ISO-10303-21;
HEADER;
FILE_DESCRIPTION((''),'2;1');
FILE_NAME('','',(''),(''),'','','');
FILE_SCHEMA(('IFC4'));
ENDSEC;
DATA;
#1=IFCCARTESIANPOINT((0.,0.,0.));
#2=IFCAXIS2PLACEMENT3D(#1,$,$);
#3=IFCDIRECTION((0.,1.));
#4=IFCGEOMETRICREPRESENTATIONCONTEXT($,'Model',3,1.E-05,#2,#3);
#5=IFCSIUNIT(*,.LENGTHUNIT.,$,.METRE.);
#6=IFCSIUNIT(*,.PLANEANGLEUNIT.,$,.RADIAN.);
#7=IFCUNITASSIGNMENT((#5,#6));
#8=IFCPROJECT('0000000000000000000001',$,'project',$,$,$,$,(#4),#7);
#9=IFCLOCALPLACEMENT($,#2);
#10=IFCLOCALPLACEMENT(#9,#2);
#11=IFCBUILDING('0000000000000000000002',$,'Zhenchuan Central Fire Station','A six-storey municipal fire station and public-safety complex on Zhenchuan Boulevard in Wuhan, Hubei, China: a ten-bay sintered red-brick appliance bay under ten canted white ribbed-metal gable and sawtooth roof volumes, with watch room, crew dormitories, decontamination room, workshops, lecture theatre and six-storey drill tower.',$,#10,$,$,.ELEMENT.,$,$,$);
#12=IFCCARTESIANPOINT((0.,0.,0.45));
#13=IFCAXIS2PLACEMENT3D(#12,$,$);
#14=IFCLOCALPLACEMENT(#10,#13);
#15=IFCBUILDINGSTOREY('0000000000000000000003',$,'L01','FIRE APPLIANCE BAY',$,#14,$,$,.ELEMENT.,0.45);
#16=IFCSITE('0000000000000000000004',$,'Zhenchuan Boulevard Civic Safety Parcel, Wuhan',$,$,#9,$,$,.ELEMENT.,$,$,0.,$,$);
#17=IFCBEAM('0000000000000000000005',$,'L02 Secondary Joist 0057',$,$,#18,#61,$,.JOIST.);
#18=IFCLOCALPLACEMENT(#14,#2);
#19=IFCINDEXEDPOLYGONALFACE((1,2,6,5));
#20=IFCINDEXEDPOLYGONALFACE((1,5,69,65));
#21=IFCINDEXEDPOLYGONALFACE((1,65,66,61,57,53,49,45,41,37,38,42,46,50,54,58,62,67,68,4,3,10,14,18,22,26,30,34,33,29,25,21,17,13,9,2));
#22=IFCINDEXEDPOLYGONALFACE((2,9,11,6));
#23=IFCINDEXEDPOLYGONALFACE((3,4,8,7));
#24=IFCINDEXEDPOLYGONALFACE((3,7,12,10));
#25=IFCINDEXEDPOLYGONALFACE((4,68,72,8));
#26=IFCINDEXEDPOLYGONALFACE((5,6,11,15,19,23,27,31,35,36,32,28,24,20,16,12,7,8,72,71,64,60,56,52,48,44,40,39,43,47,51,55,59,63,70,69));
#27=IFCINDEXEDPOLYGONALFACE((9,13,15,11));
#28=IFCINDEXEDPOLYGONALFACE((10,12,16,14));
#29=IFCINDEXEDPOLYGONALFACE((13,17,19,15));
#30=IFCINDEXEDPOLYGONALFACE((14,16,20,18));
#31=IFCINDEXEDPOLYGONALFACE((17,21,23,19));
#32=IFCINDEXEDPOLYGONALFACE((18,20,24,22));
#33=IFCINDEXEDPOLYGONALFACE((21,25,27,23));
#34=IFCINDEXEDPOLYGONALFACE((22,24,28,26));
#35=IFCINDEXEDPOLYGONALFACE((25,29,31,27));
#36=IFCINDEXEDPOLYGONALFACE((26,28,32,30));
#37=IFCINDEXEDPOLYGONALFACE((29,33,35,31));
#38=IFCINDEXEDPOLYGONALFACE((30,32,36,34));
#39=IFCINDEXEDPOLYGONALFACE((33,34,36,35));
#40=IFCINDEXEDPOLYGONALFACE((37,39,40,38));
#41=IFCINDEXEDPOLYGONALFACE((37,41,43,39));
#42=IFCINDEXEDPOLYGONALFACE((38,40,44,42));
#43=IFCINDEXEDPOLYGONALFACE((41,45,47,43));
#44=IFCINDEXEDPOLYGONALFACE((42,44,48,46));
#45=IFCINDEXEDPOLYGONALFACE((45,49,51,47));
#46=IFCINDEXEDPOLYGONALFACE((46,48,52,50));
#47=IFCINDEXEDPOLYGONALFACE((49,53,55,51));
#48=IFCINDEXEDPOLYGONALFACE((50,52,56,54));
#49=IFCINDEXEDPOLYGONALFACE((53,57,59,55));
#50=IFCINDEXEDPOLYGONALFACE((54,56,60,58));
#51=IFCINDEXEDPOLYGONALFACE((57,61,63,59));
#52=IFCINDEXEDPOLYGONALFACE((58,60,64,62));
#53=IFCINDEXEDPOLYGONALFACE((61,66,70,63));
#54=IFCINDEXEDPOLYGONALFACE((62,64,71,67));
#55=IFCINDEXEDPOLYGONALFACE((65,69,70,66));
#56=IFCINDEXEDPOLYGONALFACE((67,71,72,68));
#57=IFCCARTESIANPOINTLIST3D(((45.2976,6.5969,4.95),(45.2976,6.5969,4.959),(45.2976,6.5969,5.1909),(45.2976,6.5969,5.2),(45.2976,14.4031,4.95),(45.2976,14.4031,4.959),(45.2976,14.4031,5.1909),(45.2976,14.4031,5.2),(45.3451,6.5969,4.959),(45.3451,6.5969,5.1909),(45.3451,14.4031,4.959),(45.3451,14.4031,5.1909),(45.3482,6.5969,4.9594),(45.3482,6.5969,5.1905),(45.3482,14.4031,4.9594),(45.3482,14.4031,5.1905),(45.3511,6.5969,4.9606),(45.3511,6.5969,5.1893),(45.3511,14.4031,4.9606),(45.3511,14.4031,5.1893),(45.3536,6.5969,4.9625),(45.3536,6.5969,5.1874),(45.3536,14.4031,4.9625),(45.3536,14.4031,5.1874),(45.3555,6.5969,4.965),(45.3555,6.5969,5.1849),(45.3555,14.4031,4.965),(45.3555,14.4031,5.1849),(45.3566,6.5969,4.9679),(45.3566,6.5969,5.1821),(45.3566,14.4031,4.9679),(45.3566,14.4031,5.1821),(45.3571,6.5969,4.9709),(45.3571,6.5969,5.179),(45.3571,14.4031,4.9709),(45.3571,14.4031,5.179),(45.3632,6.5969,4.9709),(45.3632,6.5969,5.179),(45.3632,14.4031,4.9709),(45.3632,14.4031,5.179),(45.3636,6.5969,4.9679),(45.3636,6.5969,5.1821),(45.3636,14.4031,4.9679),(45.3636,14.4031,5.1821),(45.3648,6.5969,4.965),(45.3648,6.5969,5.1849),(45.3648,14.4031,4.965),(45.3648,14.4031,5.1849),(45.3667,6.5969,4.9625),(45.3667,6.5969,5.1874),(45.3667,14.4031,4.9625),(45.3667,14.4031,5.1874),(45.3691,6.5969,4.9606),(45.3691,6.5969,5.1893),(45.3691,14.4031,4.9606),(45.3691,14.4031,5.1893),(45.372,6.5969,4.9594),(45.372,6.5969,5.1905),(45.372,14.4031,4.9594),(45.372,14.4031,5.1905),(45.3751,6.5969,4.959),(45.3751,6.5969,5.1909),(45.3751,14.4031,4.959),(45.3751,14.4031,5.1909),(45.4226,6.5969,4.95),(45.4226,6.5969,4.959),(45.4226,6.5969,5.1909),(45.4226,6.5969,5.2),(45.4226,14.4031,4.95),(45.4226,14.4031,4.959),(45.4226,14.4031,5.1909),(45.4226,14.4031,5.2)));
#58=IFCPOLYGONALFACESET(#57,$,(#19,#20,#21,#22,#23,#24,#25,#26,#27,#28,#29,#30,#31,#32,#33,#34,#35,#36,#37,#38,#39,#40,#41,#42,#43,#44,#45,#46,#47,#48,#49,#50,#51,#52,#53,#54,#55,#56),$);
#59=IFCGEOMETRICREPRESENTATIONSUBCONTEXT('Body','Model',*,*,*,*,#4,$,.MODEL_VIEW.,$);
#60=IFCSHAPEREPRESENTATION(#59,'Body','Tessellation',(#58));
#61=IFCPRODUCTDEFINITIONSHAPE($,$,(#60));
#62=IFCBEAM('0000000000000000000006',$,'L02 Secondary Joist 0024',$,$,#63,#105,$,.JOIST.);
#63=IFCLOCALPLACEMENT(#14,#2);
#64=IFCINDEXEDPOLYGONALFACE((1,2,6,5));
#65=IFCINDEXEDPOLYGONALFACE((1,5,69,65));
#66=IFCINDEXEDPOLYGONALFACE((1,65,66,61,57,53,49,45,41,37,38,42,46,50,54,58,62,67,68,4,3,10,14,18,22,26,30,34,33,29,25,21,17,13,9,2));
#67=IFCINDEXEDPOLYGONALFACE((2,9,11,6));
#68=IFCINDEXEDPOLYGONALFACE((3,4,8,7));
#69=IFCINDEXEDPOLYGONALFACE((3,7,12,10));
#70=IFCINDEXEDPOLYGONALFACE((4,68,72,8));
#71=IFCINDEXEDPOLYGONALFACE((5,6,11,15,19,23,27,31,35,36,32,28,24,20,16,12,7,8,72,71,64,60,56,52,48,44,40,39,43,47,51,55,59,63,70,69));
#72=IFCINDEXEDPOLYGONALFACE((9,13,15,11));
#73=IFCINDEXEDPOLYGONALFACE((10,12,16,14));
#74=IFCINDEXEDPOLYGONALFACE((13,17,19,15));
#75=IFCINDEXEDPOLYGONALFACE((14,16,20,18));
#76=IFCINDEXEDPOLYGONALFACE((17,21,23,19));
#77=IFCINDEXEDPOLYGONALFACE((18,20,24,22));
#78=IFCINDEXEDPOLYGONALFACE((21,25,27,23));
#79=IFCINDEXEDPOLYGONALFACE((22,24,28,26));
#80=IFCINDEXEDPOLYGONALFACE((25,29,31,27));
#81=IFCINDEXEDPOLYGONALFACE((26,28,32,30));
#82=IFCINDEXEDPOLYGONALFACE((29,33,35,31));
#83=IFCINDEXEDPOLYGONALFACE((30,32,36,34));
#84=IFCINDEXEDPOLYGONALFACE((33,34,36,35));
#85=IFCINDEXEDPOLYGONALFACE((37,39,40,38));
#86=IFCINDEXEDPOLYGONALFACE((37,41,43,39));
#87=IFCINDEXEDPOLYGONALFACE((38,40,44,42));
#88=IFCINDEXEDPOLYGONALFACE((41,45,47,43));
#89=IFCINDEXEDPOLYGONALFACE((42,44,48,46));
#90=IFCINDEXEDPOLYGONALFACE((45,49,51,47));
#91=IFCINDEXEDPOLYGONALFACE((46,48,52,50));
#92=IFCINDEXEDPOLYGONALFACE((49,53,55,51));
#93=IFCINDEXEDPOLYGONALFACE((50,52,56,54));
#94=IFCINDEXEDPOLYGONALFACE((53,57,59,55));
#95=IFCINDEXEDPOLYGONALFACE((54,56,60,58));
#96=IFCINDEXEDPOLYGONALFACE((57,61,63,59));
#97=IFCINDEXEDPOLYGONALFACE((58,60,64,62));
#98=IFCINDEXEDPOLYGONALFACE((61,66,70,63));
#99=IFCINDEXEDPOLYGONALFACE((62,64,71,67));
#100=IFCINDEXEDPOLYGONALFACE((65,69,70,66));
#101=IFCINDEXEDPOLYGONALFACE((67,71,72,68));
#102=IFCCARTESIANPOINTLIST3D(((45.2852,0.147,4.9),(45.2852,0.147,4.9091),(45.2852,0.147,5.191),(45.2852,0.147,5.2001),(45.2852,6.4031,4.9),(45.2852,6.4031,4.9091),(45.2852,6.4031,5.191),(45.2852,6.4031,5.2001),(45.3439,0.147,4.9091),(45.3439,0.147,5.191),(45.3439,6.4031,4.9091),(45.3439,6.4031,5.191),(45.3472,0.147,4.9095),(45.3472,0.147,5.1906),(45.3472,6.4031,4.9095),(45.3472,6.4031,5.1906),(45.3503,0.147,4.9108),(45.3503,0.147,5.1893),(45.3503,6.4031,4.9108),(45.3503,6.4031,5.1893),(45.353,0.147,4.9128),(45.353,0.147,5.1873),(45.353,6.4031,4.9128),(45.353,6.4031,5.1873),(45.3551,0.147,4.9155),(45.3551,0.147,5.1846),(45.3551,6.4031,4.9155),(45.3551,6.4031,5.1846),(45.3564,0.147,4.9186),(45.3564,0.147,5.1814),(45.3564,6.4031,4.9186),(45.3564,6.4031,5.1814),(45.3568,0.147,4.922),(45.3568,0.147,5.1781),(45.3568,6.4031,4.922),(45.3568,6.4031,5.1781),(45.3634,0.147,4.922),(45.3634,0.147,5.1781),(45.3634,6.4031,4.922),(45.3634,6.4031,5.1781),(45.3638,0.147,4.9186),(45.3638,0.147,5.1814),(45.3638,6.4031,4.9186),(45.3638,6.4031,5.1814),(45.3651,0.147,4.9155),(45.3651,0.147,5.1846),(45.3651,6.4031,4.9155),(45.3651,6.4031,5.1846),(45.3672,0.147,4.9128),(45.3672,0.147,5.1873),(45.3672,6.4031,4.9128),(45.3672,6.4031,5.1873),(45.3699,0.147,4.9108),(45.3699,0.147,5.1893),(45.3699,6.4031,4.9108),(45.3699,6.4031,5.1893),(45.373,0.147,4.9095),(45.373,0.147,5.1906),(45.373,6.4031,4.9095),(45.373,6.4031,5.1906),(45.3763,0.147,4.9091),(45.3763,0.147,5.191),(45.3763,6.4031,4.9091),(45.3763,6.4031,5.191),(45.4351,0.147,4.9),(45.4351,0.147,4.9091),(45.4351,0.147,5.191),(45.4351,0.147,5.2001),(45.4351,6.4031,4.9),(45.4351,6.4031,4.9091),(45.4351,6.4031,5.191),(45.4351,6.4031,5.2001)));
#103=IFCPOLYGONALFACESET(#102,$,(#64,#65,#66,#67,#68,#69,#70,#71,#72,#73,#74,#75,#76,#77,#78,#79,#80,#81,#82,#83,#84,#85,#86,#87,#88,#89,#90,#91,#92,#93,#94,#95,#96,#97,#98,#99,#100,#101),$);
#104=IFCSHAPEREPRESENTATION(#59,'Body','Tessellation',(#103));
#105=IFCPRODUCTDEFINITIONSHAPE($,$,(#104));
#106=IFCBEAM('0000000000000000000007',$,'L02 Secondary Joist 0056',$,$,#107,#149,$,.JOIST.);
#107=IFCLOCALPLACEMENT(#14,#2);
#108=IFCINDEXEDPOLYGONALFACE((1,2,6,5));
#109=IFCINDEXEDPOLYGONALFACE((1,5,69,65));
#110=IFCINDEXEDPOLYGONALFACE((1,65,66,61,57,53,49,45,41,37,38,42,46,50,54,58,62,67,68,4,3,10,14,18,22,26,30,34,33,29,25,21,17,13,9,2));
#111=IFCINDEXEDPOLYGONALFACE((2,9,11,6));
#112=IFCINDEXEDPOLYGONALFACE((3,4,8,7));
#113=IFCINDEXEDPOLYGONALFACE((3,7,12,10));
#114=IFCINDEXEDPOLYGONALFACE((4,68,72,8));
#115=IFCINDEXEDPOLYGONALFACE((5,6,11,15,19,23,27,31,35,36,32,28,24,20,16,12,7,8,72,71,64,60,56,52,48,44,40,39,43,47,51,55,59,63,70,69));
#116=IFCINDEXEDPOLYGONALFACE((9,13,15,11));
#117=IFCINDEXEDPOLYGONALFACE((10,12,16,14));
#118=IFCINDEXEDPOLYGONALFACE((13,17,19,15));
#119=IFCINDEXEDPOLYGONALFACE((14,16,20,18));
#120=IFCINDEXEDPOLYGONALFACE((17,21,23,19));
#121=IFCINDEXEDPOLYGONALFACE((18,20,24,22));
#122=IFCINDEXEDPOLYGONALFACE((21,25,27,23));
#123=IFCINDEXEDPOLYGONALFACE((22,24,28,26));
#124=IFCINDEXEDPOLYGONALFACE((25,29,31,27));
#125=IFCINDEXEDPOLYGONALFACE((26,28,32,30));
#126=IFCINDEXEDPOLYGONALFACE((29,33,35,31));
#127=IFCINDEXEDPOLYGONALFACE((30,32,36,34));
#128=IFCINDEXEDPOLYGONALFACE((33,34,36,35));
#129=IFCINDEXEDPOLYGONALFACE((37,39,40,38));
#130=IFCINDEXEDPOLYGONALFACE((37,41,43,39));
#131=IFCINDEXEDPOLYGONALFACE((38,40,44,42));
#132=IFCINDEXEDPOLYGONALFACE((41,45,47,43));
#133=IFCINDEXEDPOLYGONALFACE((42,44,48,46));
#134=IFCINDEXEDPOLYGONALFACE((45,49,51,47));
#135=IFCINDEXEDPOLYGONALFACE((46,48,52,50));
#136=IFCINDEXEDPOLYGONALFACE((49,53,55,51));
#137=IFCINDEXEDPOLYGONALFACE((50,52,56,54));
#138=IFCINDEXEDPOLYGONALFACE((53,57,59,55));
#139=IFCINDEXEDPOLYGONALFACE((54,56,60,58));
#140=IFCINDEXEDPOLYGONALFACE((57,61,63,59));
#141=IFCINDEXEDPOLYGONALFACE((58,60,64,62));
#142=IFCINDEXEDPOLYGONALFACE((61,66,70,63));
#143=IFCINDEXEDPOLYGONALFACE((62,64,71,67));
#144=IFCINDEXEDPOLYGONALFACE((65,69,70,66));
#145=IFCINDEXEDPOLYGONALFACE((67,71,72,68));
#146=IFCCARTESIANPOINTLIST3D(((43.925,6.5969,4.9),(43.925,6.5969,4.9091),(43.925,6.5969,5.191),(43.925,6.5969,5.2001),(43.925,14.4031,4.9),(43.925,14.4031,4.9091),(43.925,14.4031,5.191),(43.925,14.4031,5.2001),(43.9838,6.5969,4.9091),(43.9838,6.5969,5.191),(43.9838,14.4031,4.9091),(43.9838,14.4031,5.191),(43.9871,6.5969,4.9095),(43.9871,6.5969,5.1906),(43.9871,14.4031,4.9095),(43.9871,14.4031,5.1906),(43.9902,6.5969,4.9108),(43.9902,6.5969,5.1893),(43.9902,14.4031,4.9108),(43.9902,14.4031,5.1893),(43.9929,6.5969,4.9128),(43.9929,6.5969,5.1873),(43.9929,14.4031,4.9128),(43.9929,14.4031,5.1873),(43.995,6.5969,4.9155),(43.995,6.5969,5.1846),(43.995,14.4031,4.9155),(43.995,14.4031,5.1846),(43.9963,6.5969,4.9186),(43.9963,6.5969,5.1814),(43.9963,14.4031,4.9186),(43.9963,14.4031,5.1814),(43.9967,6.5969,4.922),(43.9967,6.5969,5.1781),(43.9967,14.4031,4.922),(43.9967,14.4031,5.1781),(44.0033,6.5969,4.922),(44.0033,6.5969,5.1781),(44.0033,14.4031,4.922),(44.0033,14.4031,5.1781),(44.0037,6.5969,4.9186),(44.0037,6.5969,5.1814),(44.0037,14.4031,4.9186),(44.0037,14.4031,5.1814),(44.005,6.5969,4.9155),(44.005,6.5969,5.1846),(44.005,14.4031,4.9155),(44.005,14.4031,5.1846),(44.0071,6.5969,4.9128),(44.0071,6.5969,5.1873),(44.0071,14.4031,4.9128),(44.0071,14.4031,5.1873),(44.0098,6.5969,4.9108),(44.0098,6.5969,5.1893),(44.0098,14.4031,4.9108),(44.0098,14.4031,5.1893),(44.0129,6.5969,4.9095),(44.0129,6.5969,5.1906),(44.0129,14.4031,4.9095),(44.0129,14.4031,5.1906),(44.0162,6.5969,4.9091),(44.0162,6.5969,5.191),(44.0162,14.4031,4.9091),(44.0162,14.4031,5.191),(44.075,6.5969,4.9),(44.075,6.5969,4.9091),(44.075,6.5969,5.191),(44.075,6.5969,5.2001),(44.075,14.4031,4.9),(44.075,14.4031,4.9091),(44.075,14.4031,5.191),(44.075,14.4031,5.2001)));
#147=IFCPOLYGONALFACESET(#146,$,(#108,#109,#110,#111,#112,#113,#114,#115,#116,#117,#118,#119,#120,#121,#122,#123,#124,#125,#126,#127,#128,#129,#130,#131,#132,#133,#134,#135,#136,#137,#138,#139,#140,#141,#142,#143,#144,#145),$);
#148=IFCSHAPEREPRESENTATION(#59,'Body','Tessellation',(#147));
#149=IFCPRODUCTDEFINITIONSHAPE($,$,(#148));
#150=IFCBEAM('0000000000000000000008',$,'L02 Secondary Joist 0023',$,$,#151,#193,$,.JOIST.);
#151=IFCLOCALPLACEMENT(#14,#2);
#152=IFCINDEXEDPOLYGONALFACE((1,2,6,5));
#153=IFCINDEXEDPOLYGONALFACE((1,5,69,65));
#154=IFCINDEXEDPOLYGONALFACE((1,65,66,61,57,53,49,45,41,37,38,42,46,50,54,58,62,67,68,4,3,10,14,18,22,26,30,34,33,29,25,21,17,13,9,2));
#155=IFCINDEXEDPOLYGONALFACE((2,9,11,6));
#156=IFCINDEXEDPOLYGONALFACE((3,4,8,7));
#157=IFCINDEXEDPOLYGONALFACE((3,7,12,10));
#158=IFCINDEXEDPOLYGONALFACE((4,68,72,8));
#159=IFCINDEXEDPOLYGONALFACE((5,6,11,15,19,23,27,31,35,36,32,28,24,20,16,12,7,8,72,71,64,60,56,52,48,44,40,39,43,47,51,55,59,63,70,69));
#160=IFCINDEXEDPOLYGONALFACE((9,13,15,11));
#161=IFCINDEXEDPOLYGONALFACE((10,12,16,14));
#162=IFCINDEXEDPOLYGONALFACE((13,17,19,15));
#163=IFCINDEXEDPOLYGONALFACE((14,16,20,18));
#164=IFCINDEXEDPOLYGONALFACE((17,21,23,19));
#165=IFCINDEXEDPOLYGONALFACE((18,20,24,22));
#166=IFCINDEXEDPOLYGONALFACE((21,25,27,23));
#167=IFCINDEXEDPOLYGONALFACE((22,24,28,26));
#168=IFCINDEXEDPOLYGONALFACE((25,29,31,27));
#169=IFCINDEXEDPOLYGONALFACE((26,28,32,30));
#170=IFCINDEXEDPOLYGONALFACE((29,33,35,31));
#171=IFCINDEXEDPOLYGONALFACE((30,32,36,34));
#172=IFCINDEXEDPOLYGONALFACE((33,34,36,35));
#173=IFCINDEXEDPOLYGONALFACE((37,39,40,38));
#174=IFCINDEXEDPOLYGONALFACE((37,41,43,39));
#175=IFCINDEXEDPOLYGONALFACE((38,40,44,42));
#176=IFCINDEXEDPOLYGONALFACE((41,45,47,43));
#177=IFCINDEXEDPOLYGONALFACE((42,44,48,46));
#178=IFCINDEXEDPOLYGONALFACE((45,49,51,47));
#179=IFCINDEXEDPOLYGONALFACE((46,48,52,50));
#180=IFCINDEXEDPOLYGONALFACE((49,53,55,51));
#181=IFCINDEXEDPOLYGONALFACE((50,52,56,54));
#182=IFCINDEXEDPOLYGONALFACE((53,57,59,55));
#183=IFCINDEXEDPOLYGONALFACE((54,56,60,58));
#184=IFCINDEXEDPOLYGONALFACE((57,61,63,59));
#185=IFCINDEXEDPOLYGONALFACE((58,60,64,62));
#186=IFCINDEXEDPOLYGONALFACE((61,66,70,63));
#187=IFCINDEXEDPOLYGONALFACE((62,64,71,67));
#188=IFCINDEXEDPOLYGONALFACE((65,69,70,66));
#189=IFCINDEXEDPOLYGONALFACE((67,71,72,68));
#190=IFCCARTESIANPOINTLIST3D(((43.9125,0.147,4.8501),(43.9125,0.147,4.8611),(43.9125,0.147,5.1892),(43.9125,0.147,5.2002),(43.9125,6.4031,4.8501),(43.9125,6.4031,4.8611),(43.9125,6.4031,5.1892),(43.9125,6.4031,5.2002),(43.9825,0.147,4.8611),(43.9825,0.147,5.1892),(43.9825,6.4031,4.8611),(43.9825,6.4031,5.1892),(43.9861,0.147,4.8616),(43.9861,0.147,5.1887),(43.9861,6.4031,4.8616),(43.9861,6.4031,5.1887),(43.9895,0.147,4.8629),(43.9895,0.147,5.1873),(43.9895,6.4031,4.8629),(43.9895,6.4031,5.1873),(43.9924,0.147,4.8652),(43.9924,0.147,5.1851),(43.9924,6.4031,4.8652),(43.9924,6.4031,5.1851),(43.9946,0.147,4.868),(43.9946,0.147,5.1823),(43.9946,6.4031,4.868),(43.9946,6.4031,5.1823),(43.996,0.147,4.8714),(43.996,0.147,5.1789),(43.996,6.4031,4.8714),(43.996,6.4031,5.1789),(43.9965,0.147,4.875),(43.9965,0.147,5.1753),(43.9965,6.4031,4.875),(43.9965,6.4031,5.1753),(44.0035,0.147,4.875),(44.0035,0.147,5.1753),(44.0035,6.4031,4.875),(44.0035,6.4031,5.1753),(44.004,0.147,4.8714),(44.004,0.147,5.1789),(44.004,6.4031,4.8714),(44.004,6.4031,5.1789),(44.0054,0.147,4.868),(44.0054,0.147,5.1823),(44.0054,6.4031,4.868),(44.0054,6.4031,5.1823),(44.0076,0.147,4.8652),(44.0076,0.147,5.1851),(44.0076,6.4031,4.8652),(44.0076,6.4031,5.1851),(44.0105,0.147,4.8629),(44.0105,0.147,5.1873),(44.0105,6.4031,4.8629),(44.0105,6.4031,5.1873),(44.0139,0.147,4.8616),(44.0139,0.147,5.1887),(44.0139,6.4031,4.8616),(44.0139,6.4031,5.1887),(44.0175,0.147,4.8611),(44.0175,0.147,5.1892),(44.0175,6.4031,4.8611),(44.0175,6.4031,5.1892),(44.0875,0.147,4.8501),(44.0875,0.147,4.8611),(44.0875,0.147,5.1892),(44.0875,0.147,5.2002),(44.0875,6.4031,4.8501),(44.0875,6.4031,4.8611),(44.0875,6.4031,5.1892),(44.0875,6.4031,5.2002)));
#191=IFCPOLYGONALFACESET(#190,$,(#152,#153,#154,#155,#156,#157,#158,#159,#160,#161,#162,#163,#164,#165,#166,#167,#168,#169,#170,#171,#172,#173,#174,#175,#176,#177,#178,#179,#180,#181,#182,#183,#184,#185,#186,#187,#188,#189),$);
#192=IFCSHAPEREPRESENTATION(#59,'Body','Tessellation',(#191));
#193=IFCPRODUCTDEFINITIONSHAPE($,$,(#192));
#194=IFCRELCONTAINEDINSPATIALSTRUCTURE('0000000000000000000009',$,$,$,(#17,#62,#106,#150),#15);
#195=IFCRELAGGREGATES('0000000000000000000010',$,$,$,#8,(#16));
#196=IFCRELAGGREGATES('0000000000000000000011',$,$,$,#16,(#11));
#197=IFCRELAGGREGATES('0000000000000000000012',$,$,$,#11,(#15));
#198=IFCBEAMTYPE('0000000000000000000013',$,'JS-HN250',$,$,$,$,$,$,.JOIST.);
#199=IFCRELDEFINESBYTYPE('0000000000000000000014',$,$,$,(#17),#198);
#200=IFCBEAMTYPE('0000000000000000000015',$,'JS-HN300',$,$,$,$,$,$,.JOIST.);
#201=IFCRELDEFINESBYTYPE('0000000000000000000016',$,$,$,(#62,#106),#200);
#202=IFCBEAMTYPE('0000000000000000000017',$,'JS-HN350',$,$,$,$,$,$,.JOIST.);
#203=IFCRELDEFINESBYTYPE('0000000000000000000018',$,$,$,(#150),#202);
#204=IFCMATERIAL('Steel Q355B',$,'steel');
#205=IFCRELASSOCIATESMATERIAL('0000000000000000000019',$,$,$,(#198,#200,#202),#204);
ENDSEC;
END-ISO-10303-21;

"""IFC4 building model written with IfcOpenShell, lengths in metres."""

from ifc_helpers import new_model, si_unit, direction, frame, origin, origin_2d, place, context, subcontext, project, spatial, i_section, extrude, material, material_profile, profile_set, type_object, element, save


model = new_model("IFC4")

# Units and contexts
model_context = context("Model", 3, precision=1e-05, world=origin(), true_north=direction((0.0, 1.0)))
body_context = subcontext(model_context, "Body", "Model", "MODEL_VIEW")
ifc_project = project(units=[si_unit("LENGTHUNIT", "METRE"), si_unit("PLANEANGLEUNIT", "RADIAN")], contexts=[model_context])

# Site, building, storey
site_placement = place(None, origin())
site = spatial("IfcSite", under=ifc_project, at=site_placement, Name="Zhenchuan Boulevard Civic Safety Parcel, Wuhan", CompositionType="ELEMENT", RefElevation=0.0)
building_placement = place(site_placement, origin())
building = spatial("IfcBuilding", under=site, at=building_placement, Name="Zhenchuan Central Fire Station", Description="A six-storey municipal fire station and public-safety complex on Zhenchuan Boulevard in Wuhan, Hubei, China: a ten-bay sintered red-brick appliance bay under ten canted white ribbed-metal gable and sawtooth roof volumes, with watch room, crew dormitories, decontamination room, workshops, lecture theatre and six-storey drill tower.", CompositionType="ELEMENT")
storey_placement = place(building_placement, frame((0.0, 0.0, 0.45)))
storey = spatial("IfcBuildingStorey", under=building, at=storey_placement, Name="L01", Description="FIRE APPLIANCE BAY", CompositionType="ELEMENT", Elevation=0.45)

# Beams
ifc_material_1 = material(Name="Steel Q355B", Category="steel")
ifc_material_profile_1 = material_profile(ifc_material_1, i_section(OverallWidth=0.125, OverallDepth=0.25, WebThickness=0.0061, FlangeThickness=0.009, FilletRadius=0.012, at=origin_2d()), Name="HN 250x125")
ifc_profile_set_1 = profile_set([ifc_material_profile_1], Name="Steel Q355B")
beam_type_1 = type_object("IfcBeamType", Name="JS-HN250", PredefinedType="JOIST", material=ifc_profile_set_1)
beam_1_placement = place(storey_placement, frame((45.3601, 6.5969, 5.075), z_axis=(0.0, 1.0, 0.0), x_axis=(-1.0, 0.0, 0.0)))
element("IfcBeam", 1, at=beam_1_placement, inside=storey, type_object=beam_type_1, Name="L02 Secondary Joist 0057", PredefinedType="JOIST", context=body_context, shape_type="SweptSolid", body=[
    extrude(i_section(OverallWidth=0.125, OverallDepth=0.25, WebThickness=0.0061, FlangeThickness=0.009, FilletRadius=0.012, at=origin_2d()), origin(), (0.0, 0.0, 1.0), 7.8062),
])
ifc_material_profile_2 = material_profile(ifc_material_1, i_section(OverallWidth=0.1499, OverallDepth=0.3, WebThickness=0.0066, FlangeThickness=0.009, FilletRadius=0.0129, at=origin_2d()), Name="HN 300x150")
ifc_profile_set_2 = profile_set([ifc_material_profile_2], Name="Steel Q355B")
beam_type_2 = type_object("IfcBeamType", Name="JS-HN300", PredefinedType="JOIST", material=ifc_profile_set_2)
beam_2_placement = place(storey_placement, frame((45.3601, 0.147, 5.05), z_axis=(0.0, 1.0, 0.0), x_axis=(-1.0, 0.0, 0.0)))
element("IfcBeam", 2, at=beam_2_placement, inside=storey, type_object=beam_type_2, Name="L02 Secondary Joist 0024", PredefinedType="JOIST", context=body_context, shape_type="SweptSolid", body=[
    extrude(i_section(OverallWidth=0.1499, OverallDepth=0.3, WebThickness=0.0066, FlangeThickness=0.009, FilletRadius=0.0129, at=origin_2d()), origin(), (0.0, 0.0, 1.0), 6.2561),
])
beam_3_placement = place(storey_placement, frame((44.0, 6.5969, 5.05), z_axis=(0.0, 1.0, 0.0), x_axis=(-1.0, 0.0, 0.0)))
element("IfcBeam", 3, at=beam_3_placement, inside=storey, type_object=beam_type_2, Name="L02 Secondary Joist 0056", PredefinedType="JOIST", context=body_context, shape_type="SweptSolid", body=[
    extrude(i_section(OverallWidth=0.1499, OverallDepth=0.3, WebThickness=0.0066, FlangeThickness=0.009, FilletRadius=0.0129, at=origin_2d()), origin(), (0.0, 0.0, 1.0), 7.8062),
])
ifc_material_profile_3 = material_profile(ifc_material_1, i_section(OverallWidth=0.175, OverallDepth=0.3501, WebThickness=0.0071, FlangeThickness=0.011, FilletRadius=0.0139, at=origin_2d()), Name="HN 350x175")
ifc_profile_set_3 = profile_set([ifc_material_profile_3], Name="Steel Q355B")
beam_type_3 = type_object("IfcBeamType", Name="JS-HN350", PredefinedType="JOIST", material=ifc_profile_set_3)
beam_4_placement = place(storey_placement, frame((44.0, 0.147, 5.0251), z_axis=(0.0, 1.0, 0.0), x_axis=(-1.0, 0.0, 0.0)))
element("IfcBeam", 4, at=beam_4_placement, inside=storey, type_object=beam_type_3, Name="L02 Secondary Joist 0023", PredefinedType="JOIST", context=body_context, shape_type="SweptSolid", body=[
    extrude(i_section(OverallWidth=0.175, OverallDepth=0.3501, WebThickness=0.0071, FlangeThickness=0.011, FilletRadius=0.0139, at=origin_2d()), origin(), (0.0, 0.0, 1.0), 6.2561),
])

save(model, "model.ifc")
